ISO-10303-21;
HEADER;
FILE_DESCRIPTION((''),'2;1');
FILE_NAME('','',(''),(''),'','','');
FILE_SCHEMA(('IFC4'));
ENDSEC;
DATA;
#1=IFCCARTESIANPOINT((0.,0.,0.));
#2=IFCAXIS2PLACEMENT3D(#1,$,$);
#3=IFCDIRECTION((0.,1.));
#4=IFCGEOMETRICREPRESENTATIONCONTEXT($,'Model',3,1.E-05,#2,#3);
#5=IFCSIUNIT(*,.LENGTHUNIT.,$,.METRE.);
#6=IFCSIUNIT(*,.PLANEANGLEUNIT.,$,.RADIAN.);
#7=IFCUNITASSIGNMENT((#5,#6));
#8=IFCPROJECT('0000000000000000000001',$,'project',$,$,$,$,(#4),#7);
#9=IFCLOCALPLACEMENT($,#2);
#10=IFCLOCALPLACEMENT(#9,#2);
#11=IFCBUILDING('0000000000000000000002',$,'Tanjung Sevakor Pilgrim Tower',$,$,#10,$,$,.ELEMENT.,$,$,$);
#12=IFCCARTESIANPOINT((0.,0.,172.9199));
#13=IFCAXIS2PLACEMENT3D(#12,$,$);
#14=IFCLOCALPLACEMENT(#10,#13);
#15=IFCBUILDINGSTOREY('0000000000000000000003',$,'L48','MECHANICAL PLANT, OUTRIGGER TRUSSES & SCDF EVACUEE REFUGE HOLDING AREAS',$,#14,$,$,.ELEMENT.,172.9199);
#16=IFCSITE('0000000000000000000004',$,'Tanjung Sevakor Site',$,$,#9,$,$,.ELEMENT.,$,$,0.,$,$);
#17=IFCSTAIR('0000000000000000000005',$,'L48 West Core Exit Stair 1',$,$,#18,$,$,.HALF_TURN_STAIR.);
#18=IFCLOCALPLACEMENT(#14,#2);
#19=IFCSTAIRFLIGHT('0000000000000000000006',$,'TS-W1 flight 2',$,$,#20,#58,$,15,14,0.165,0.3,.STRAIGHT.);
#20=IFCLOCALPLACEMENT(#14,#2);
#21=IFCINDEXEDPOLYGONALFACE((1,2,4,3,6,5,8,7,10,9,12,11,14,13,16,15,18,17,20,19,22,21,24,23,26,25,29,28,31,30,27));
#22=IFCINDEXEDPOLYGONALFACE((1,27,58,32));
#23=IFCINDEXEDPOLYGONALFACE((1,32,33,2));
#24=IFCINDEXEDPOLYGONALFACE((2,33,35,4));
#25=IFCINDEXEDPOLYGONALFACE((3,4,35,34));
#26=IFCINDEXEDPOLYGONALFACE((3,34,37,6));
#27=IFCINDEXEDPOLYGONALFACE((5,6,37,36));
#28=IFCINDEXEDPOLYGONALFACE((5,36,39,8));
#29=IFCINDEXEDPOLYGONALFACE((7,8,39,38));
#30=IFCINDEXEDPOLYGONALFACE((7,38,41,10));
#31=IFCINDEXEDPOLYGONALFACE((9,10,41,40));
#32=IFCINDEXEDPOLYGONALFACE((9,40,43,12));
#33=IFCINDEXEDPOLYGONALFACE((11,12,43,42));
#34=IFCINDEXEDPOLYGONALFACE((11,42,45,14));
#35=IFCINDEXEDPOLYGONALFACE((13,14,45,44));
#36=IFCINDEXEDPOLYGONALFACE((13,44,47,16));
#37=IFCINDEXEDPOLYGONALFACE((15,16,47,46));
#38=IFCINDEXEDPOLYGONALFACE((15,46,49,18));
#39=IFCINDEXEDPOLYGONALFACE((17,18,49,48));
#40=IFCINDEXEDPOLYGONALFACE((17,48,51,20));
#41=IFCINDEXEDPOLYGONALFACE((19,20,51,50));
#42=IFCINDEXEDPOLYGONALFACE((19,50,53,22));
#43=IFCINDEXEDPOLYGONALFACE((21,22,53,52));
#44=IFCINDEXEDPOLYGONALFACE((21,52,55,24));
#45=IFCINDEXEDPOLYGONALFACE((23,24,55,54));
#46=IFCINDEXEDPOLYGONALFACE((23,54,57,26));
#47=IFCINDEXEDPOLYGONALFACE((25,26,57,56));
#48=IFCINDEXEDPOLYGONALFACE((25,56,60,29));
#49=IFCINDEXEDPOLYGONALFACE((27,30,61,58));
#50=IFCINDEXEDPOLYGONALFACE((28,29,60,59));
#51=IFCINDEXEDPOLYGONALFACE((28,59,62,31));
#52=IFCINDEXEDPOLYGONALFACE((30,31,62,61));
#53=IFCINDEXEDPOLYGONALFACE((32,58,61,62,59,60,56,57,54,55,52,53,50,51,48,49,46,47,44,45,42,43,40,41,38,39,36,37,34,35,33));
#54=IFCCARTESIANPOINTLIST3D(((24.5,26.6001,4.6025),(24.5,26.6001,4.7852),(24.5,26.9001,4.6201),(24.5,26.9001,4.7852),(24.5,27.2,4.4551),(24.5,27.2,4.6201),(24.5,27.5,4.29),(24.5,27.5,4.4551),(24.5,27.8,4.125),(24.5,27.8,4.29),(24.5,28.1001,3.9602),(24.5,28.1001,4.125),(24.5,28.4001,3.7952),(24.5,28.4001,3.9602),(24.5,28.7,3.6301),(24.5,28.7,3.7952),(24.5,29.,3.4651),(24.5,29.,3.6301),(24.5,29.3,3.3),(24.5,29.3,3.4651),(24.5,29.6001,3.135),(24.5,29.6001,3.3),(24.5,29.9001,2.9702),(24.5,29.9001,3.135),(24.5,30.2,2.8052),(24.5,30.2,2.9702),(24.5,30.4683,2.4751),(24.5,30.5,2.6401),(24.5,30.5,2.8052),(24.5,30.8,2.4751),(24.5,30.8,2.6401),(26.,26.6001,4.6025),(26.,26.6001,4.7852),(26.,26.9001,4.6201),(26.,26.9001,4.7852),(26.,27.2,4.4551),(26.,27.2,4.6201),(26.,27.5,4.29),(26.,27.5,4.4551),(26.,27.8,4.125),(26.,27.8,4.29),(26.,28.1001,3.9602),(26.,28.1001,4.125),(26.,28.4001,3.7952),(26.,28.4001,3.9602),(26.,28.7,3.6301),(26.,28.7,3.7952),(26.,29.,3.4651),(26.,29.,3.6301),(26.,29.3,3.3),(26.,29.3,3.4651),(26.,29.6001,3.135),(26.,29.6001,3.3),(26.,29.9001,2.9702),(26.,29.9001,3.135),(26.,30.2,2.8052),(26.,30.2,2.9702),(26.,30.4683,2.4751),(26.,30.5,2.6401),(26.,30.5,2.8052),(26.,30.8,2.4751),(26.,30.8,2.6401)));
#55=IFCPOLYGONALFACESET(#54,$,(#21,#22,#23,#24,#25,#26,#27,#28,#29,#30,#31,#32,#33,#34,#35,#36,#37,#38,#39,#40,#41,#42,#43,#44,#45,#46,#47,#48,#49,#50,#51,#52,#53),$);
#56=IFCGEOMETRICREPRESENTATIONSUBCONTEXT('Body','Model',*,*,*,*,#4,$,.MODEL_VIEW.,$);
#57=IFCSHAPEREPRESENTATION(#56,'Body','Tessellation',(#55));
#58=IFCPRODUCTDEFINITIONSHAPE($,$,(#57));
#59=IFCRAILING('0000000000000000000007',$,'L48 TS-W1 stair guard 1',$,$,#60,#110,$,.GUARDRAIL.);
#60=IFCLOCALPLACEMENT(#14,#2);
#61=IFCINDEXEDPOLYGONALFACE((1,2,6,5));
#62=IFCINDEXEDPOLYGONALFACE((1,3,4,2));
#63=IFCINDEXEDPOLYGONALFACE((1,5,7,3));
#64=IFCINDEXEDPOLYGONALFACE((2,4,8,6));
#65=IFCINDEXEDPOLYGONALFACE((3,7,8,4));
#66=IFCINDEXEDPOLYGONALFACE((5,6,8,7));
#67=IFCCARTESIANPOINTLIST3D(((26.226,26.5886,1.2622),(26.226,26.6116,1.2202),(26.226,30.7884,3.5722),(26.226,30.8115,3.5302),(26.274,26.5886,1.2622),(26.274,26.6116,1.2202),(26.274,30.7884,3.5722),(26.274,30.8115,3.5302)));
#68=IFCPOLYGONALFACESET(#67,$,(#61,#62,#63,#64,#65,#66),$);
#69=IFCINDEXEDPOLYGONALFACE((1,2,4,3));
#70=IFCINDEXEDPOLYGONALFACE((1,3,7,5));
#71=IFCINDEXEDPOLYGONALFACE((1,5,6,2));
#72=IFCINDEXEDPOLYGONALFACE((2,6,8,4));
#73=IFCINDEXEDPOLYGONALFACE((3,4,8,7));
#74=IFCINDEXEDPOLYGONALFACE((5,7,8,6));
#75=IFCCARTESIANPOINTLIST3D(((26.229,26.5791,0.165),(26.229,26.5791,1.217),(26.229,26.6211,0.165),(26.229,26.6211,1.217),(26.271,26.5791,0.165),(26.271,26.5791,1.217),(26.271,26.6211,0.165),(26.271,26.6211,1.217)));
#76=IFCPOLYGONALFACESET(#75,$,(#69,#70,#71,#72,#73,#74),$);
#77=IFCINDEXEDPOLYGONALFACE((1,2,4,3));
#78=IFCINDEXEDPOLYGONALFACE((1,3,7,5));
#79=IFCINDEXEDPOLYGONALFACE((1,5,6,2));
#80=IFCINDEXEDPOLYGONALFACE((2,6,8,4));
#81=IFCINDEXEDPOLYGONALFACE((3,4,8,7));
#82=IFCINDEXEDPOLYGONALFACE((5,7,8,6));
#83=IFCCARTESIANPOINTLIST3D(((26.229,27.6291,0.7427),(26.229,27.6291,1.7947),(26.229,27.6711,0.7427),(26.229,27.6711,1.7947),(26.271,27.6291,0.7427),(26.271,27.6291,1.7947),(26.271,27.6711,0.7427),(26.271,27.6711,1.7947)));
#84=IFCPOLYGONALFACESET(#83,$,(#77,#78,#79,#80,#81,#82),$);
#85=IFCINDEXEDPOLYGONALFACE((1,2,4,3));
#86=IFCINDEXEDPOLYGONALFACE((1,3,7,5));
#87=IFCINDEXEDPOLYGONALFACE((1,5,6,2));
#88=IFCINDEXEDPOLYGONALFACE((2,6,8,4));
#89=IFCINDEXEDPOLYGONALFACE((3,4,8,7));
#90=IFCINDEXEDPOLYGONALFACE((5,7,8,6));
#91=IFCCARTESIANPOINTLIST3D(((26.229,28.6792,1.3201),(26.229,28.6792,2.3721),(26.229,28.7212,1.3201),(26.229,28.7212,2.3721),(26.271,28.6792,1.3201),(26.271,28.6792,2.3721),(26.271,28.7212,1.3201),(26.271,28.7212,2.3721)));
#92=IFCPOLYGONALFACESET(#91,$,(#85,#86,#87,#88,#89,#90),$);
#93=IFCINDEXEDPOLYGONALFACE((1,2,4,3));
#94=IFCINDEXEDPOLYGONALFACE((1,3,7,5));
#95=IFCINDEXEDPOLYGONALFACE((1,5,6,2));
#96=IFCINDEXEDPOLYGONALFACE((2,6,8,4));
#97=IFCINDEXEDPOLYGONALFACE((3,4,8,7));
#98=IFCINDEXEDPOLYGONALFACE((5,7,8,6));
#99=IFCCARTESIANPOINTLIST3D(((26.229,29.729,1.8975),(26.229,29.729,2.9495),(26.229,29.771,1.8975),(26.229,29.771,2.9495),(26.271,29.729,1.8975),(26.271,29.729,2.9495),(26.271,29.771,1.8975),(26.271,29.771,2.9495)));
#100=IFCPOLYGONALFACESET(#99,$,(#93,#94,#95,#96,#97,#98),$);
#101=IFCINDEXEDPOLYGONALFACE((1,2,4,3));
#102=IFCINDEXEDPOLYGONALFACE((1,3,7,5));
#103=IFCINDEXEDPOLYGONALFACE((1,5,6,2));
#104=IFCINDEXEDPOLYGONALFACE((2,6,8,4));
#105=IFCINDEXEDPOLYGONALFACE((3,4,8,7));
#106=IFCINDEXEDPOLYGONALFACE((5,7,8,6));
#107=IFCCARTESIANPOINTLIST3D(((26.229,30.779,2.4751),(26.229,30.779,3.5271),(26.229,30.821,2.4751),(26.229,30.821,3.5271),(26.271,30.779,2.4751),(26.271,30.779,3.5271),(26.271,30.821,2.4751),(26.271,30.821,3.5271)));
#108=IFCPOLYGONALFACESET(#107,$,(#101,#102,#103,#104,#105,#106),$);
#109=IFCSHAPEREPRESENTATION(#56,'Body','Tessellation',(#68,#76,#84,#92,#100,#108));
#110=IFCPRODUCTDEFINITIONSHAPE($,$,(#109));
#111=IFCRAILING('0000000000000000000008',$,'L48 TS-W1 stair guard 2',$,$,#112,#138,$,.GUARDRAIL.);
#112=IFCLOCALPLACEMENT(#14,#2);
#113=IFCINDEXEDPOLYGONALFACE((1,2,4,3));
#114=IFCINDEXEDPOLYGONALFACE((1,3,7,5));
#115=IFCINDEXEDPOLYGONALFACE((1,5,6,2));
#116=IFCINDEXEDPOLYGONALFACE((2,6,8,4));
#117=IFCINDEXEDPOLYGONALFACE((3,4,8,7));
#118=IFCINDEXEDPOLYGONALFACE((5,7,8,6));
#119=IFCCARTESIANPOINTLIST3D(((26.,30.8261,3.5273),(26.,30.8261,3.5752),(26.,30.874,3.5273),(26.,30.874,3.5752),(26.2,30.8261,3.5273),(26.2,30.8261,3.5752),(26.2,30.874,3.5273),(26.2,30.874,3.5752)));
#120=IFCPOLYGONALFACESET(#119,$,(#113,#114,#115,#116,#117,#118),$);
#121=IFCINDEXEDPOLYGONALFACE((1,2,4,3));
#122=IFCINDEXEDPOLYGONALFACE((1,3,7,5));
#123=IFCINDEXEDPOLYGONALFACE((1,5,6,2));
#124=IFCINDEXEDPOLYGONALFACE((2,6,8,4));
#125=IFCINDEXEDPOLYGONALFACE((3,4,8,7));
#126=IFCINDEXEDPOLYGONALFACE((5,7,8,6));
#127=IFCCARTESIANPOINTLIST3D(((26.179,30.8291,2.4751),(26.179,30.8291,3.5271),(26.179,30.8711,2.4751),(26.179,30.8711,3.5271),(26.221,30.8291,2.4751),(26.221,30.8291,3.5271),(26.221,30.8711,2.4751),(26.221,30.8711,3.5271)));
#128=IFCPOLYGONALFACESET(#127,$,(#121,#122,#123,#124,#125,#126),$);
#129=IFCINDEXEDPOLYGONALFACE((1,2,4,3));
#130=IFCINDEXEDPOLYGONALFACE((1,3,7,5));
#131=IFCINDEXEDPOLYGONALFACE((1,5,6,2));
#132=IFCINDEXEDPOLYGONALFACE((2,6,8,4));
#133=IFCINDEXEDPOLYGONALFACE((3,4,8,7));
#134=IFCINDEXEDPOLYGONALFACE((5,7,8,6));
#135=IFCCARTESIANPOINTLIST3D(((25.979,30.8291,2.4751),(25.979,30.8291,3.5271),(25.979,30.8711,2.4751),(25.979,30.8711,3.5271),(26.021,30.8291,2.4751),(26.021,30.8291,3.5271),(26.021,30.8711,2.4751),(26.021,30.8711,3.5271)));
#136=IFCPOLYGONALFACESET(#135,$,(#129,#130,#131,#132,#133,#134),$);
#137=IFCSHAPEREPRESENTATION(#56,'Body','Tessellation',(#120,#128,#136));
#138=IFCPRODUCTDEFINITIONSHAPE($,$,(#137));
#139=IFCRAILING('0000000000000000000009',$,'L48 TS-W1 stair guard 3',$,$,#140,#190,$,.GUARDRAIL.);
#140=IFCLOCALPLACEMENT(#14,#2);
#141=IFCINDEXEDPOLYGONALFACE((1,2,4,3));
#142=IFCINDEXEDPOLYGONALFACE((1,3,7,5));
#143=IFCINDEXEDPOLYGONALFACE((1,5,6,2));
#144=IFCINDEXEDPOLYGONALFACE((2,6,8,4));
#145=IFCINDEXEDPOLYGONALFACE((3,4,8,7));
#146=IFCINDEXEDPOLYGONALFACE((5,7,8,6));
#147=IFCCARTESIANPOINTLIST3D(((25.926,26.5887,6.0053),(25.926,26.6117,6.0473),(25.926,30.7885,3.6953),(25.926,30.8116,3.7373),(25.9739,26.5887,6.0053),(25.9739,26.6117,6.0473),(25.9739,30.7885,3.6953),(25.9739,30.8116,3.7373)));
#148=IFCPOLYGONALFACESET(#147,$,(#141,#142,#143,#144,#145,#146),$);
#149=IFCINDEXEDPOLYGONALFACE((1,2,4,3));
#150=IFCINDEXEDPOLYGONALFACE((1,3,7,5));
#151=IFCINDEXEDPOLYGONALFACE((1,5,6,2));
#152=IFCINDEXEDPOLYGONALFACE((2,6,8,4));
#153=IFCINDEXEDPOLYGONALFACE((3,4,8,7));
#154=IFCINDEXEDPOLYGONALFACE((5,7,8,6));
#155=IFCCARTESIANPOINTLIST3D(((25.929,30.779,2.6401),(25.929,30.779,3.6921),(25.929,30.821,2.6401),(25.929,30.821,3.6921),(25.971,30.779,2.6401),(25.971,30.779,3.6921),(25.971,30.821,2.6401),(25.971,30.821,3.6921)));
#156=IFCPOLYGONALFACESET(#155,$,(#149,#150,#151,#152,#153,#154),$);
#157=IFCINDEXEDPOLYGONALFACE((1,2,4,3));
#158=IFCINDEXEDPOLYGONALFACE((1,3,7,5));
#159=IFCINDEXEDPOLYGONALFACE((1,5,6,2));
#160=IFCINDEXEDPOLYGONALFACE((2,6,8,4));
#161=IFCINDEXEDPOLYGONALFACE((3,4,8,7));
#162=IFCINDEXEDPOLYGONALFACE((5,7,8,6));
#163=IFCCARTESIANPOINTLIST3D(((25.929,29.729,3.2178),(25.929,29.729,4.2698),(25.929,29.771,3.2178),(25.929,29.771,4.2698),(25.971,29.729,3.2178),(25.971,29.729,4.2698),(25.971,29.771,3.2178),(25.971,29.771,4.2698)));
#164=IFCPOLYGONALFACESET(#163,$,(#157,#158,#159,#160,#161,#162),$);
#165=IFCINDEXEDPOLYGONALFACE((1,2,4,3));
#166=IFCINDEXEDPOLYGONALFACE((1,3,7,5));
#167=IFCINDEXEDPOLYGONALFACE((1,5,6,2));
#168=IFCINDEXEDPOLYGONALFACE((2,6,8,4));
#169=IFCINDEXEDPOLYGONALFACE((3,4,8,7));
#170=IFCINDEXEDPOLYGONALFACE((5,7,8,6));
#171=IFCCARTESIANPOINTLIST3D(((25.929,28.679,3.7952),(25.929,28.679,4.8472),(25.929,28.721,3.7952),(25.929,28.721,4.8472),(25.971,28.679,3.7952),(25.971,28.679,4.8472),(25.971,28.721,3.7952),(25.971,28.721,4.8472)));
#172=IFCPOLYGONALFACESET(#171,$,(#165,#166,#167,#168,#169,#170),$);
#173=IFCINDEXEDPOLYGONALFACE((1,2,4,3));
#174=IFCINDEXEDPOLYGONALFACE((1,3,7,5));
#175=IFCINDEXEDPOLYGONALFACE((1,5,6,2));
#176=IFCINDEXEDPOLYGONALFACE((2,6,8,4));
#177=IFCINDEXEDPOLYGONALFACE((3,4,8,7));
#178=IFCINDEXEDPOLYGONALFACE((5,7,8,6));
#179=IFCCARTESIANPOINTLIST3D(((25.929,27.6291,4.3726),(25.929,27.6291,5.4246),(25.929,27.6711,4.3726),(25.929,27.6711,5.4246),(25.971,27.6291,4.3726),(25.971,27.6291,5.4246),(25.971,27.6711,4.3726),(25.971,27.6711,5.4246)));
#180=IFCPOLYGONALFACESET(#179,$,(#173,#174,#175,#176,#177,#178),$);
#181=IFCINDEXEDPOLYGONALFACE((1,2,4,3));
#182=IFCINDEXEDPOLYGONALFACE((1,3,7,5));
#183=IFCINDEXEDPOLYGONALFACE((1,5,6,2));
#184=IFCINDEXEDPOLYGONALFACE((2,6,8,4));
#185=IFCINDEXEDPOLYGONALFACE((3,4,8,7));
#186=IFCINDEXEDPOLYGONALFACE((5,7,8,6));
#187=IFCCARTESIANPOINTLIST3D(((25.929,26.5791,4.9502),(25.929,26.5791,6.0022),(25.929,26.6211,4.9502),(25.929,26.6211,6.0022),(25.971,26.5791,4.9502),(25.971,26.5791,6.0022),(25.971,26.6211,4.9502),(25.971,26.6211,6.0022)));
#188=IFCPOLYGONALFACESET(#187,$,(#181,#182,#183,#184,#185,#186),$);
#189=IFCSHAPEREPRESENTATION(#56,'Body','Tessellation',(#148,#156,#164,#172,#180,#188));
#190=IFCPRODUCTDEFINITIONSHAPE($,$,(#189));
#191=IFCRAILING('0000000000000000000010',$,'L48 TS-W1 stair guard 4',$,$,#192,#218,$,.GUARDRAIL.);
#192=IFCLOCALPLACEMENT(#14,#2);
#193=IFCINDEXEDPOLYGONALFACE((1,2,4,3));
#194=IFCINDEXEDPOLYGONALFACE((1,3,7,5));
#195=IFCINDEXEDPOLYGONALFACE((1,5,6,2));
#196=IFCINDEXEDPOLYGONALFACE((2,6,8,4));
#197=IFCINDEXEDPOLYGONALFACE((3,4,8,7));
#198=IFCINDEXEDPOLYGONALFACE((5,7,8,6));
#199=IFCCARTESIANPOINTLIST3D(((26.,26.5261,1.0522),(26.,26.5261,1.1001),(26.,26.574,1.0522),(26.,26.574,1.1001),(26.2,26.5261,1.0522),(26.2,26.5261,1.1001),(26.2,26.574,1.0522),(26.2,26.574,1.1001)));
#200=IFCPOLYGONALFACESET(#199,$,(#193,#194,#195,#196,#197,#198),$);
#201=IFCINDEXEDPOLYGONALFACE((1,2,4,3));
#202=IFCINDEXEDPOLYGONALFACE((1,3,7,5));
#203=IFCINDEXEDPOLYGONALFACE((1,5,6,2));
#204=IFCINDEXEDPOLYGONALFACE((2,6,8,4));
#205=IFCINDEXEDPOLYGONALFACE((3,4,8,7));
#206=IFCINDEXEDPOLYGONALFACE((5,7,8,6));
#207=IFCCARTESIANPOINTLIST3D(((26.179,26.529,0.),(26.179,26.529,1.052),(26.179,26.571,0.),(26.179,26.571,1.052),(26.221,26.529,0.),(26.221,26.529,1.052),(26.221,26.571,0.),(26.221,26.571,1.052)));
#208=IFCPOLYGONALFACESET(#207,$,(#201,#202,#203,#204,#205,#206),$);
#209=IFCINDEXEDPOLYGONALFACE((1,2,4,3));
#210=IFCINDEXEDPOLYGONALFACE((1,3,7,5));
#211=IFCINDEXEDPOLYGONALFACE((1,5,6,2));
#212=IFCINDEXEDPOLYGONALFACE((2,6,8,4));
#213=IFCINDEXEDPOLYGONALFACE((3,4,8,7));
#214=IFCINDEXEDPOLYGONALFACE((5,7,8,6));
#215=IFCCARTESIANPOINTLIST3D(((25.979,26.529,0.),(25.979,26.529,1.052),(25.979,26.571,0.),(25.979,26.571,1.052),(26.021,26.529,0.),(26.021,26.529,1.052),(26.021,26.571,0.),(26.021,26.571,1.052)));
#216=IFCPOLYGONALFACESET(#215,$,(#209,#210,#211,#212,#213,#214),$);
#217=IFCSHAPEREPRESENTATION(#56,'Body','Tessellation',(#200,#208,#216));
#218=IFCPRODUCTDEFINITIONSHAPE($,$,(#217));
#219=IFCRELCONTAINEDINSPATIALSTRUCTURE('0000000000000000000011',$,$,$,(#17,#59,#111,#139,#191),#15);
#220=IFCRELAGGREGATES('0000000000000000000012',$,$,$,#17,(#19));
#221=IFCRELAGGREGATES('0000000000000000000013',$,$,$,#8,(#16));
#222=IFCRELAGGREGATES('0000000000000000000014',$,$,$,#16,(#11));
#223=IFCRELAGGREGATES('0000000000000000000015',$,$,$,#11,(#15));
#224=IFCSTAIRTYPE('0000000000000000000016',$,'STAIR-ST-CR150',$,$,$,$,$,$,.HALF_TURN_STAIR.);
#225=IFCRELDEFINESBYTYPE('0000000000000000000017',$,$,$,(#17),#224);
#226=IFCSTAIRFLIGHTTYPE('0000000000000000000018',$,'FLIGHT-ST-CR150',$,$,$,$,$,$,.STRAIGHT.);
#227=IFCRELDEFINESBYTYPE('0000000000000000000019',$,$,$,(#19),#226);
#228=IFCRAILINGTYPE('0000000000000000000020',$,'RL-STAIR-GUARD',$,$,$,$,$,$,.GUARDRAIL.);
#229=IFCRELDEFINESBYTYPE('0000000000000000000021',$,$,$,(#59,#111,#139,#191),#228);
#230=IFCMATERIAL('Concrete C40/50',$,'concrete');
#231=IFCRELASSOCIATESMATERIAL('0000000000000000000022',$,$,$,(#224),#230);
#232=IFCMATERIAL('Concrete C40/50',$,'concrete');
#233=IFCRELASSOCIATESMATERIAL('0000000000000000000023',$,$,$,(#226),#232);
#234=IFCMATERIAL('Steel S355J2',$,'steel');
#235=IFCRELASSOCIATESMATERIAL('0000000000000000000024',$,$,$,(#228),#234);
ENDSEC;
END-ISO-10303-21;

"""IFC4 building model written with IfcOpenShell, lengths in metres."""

from ifc_helpers import new_model, si_unit, direction, frame, origin, place, context, subcontext, project, spatial, polyline, rectangle, outline, extrude, material, type_object, element, aggregate, save


model = new_model("IFC4")

# Units and contexts
model_context = context("Model", 3, precision=1e-05, world=origin(), true_north=direction((0.0, 1.0)))
body_context = subcontext(model_context, "Body", "Model", "MODEL_VIEW")
ifc_project = project(units=[si_unit("LENGTHUNIT", "METRE"), si_unit("PLANEANGLEUNIT", "RADIAN")], contexts=[model_context])

# Site, building, storey
site_placement = place(None, origin())
site = spatial("IfcSite", under=ifc_project, at=site_placement, Name="Tanjung Sevakor Site", CompositionType="ELEMENT", RefElevation=0.0)
building_placement = place(site_placement, origin())
building = spatial("IfcBuilding", under=site, at=building_placement, Name="Tanjung Sevakor Pilgrim Tower", CompositionType="ELEMENT")
storey_placement = place(building_placement, frame((0.0, 0.0, 172.9199)))
storey = spatial("IfcBuildingStorey", under=building, at=storey_placement, Name="L48", Description="MECHANICAL PLANT, OUTRIGGER TRUSSES & SCDF EVACUEE REFUGE HOLDING AREAS", CompositionType="ELEMENT", Elevation=172.9199)

# Stair, stair flight
ifc_material_1 = material(Name="Concrete C40/50", Category="concrete")
stair_type = type_object("IfcStairType", Name="STAIR-ST-CR150", PredefinedType="HALF_TURN_STAIR", material=ifc_material_1)
stair_placement = place(storey_placement, origin())
stair = element("IfcStair", 1, at=stair_placement, inside=storey, type_object=stair_type, Name="L48 West Core Exit Stair 1", PredefinedType="HALF_TURN_STAIR")
ifc_material_2 = material(Name="Concrete C40/50", Category="concrete")
stair_flight_type = type_object("IfcStairFlightType", Name="FLIGHT-ST-CR150", PredefinedType="STRAIGHT", material=ifc_material_2)
stair_flight_1_placement = place(storey_placement, frame((25.25, 30.8, 2.4751), z_axis=(0.0, 0.0, 1.0), x_axis=(0.0, -1.0, 0.0)))
stair_flight_1 = element("IfcStairFlight", 2, at=stair_flight_1_placement, type_object=stair_flight_type, Name="TS-W1 flight 2", NumberOfRisers=15, NumberOfTreads=14, PredefinedType="STRAIGHT", RiserHeight=0.165, TreadLength=0.3, context=body_context, shape_type="SweptSolid", body=[
    extrude(outline(polyline([(0.0, 0.0), (0.0, 0.165), (0.3, 0.165), (0.3, 0.3301), (0.6001, 0.3301), (0.6001, 0.4951), (0.8999, 0.4951), (0.8999, 0.6599), (1.2, 0.6599), (1.2, 0.825), (1.5, 0.825), (1.5, 0.99), (1.8, 0.99), (1.8, 1.155), (2.1001, 1.155), (2.1001, 1.3201), (2.3999, 1.3201), (2.3999, 1.4851), (2.7, 1.4851), (2.7, 1.6499), (3.0, 1.6499), (3.0, 1.8149), (3.3, 1.8149), (3.3, 1.98), (3.6001, 1.98), (3.6001, 2.145), (3.8999, 2.145), (3.8999, 2.3101), (4.2, 2.3101), (4.2, 2.4751), (4.2, 2.1274), (0.3318, 0.0), (0.0, 0.0)])), frame((0.0, 0.75, 0.0), z_axis=(0.0, -1.0, 0.0), x_axis=(1.0, 0.0, 0.0)), (0.0, 0.0, 1.0), 1.5),
])
aggregate(stair, [stair_flight_1])

# Railings
ifc_material_3 = material(Name="Steel S355J2", Category="steel")
railing_type_1 = type_object("IfcRailingType", Name="RL-STAIR-GUARD", PredefinedType="GUARDRAIL", material=ifc_material_3)
railing_1_placement = place(storey_placement, frame((26.25, 26.6001, 0.165)))
element("IfcRailing", 3, at=railing_1_placement, inside=storey, type_object=railing_type_1, Name="L48 TS-W1 stair guard 1", PredefinedType="GUARDRAIL", context=body_context, shape_type="SweptSolid", body=[
    extrude(rectangle(XDim=0.0479, YDim=0.0479), frame((0.0, 0.0, 1.0762), z_axis=(0.0, 0.876208, 0.481932), x_axis=(-1.0, 0.0, 0.0)), (0.0, 0.0, 1.0), 4.7932),
    extrude(rectangle(XDim=0.042, YDim=0.042), origin(), (0.0, 0.0, 1.0), 1.052),
    extrude(rectangle(XDim=0.042, YDim=0.042), frame((0.0, 1.05, 0.5776)), (0.0, 0.0, 1.0), 1.052),
    extrude(rectangle(XDim=0.042, YDim=0.042), frame((0.0, 2.1001, 1.155)), (0.0, 0.0, 1.0), 1.052),
    extrude(rectangle(XDim=0.042, YDim=0.042), frame((0.0, 3.1499, 1.7324)), (0.0, 0.0, 1.0), 1.052),
    extrude(rectangle(XDim=0.042, YDim=0.042), frame((0.0, 4.2, 2.3101)), (0.0, 0.0, 1.0), 1.052),
])
railing_2_placement = place(storey_placement, frame((26.2, 30.8501, 2.4751)))
element("IfcRailing", 4, at=railing_2_placement, inside=storey, type_object=railing_type_1, Name="L48 TS-W1 stair guard 2", PredefinedType="GUARDRAIL", context=body_context, shape_type="SweptSolid", body=[
    extrude(rectangle(XDim=0.0479, YDim=0.0479), frame((0.0, 0.0, 1.0762), z_axis=(-1.0, 0.0, 0.0), x_axis=(0.0, -1.0, 0.0)), (0.0, 0.0, 1.0), 0.2),
    extrude(rectangle(XDim=0.042, YDim=0.042), origin(), (0.0, 0.0, 1.0), 1.052),
    extrude(rectangle(XDim=0.042, YDim=0.042), frame((-0.2, 0.0, 0.0)), (0.0, 0.0, 1.0), 1.052),
])
railing_3_placement = place(storey_placement, frame((25.95, 30.8, 2.6401)))
element("IfcRailing", 5, at=railing_3_placement, inside=storey, type_object=railing_type_1, Name="L48 TS-W1 stair guard 3", PredefinedType="GUARDRAIL", context=body_context, shape_type="SweptSolid", body=[
    extrude(rectangle(XDim=0.0479, YDim=0.0479), frame((0.0, 0.0, 1.0762), z_axis=(0.0, -0.876208, 0.481932), x_axis=(1.0, 0.0, 0.0)), (0.0, 0.0, 1.0), 4.7932),
    extrude(rectangle(XDim=0.042, YDim=0.042), origin(), (0.0, 0.0, 1.0), 1.052),
    extrude(rectangle(XDim=0.042, YDim=0.042), frame((0.0, -1.05, 0.5776)), (0.0, 0.0, 1.0), 1.052),
    extrude(rectangle(XDim=0.042, YDim=0.042), frame((0.0, -2.1001, 1.155)), (0.0, 0.0, 1.0), 1.052),
    extrude(rectangle(XDim=0.042, YDim=0.042), frame((0.0, -3.1499, 1.7324)), (0.0, 0.0, 1.0), 1.052),
    extrude(rectangle(XDim=0.042, YDim=0.042), frame((0.0, -4.2, 2.3101)), (0.0, 0.0, 1.0), 1.052),
])
railing_4_placement = place(storey_placement, frame((26.2, 26.55, 0.0)))
element("IfcRailing", 6, at=railing_4_placement, inside=storey, type_object=railing_type_1, Name="L48 TS-W1 stair guard 4", PredefinedType="GUARDRAIL", context=body_context, shape_type="SweptSolid", body=[
    extrude(rectangle(XDim=0.0479, YDim=0.0479), frame((0.0, 0.0, 1.0762), z_axis=(-1.0, 0.0, 0.0), x_axis=(0.0, -1.0, 0.0)), (0.0, 0.0, 1.0), 0.2),
    extrude(rectangle(XDim=0.042, YDim=0.042), origin(), (0.0, 0.0, 1.0), 1.052),
    extrude(rectangle(XDim=0.042, YDim=0.042), frame((-0.2, 0.0, 0.0)), (0.0, 0.0, 1.0), 1.052),
])

save(model, "model.ifc")
